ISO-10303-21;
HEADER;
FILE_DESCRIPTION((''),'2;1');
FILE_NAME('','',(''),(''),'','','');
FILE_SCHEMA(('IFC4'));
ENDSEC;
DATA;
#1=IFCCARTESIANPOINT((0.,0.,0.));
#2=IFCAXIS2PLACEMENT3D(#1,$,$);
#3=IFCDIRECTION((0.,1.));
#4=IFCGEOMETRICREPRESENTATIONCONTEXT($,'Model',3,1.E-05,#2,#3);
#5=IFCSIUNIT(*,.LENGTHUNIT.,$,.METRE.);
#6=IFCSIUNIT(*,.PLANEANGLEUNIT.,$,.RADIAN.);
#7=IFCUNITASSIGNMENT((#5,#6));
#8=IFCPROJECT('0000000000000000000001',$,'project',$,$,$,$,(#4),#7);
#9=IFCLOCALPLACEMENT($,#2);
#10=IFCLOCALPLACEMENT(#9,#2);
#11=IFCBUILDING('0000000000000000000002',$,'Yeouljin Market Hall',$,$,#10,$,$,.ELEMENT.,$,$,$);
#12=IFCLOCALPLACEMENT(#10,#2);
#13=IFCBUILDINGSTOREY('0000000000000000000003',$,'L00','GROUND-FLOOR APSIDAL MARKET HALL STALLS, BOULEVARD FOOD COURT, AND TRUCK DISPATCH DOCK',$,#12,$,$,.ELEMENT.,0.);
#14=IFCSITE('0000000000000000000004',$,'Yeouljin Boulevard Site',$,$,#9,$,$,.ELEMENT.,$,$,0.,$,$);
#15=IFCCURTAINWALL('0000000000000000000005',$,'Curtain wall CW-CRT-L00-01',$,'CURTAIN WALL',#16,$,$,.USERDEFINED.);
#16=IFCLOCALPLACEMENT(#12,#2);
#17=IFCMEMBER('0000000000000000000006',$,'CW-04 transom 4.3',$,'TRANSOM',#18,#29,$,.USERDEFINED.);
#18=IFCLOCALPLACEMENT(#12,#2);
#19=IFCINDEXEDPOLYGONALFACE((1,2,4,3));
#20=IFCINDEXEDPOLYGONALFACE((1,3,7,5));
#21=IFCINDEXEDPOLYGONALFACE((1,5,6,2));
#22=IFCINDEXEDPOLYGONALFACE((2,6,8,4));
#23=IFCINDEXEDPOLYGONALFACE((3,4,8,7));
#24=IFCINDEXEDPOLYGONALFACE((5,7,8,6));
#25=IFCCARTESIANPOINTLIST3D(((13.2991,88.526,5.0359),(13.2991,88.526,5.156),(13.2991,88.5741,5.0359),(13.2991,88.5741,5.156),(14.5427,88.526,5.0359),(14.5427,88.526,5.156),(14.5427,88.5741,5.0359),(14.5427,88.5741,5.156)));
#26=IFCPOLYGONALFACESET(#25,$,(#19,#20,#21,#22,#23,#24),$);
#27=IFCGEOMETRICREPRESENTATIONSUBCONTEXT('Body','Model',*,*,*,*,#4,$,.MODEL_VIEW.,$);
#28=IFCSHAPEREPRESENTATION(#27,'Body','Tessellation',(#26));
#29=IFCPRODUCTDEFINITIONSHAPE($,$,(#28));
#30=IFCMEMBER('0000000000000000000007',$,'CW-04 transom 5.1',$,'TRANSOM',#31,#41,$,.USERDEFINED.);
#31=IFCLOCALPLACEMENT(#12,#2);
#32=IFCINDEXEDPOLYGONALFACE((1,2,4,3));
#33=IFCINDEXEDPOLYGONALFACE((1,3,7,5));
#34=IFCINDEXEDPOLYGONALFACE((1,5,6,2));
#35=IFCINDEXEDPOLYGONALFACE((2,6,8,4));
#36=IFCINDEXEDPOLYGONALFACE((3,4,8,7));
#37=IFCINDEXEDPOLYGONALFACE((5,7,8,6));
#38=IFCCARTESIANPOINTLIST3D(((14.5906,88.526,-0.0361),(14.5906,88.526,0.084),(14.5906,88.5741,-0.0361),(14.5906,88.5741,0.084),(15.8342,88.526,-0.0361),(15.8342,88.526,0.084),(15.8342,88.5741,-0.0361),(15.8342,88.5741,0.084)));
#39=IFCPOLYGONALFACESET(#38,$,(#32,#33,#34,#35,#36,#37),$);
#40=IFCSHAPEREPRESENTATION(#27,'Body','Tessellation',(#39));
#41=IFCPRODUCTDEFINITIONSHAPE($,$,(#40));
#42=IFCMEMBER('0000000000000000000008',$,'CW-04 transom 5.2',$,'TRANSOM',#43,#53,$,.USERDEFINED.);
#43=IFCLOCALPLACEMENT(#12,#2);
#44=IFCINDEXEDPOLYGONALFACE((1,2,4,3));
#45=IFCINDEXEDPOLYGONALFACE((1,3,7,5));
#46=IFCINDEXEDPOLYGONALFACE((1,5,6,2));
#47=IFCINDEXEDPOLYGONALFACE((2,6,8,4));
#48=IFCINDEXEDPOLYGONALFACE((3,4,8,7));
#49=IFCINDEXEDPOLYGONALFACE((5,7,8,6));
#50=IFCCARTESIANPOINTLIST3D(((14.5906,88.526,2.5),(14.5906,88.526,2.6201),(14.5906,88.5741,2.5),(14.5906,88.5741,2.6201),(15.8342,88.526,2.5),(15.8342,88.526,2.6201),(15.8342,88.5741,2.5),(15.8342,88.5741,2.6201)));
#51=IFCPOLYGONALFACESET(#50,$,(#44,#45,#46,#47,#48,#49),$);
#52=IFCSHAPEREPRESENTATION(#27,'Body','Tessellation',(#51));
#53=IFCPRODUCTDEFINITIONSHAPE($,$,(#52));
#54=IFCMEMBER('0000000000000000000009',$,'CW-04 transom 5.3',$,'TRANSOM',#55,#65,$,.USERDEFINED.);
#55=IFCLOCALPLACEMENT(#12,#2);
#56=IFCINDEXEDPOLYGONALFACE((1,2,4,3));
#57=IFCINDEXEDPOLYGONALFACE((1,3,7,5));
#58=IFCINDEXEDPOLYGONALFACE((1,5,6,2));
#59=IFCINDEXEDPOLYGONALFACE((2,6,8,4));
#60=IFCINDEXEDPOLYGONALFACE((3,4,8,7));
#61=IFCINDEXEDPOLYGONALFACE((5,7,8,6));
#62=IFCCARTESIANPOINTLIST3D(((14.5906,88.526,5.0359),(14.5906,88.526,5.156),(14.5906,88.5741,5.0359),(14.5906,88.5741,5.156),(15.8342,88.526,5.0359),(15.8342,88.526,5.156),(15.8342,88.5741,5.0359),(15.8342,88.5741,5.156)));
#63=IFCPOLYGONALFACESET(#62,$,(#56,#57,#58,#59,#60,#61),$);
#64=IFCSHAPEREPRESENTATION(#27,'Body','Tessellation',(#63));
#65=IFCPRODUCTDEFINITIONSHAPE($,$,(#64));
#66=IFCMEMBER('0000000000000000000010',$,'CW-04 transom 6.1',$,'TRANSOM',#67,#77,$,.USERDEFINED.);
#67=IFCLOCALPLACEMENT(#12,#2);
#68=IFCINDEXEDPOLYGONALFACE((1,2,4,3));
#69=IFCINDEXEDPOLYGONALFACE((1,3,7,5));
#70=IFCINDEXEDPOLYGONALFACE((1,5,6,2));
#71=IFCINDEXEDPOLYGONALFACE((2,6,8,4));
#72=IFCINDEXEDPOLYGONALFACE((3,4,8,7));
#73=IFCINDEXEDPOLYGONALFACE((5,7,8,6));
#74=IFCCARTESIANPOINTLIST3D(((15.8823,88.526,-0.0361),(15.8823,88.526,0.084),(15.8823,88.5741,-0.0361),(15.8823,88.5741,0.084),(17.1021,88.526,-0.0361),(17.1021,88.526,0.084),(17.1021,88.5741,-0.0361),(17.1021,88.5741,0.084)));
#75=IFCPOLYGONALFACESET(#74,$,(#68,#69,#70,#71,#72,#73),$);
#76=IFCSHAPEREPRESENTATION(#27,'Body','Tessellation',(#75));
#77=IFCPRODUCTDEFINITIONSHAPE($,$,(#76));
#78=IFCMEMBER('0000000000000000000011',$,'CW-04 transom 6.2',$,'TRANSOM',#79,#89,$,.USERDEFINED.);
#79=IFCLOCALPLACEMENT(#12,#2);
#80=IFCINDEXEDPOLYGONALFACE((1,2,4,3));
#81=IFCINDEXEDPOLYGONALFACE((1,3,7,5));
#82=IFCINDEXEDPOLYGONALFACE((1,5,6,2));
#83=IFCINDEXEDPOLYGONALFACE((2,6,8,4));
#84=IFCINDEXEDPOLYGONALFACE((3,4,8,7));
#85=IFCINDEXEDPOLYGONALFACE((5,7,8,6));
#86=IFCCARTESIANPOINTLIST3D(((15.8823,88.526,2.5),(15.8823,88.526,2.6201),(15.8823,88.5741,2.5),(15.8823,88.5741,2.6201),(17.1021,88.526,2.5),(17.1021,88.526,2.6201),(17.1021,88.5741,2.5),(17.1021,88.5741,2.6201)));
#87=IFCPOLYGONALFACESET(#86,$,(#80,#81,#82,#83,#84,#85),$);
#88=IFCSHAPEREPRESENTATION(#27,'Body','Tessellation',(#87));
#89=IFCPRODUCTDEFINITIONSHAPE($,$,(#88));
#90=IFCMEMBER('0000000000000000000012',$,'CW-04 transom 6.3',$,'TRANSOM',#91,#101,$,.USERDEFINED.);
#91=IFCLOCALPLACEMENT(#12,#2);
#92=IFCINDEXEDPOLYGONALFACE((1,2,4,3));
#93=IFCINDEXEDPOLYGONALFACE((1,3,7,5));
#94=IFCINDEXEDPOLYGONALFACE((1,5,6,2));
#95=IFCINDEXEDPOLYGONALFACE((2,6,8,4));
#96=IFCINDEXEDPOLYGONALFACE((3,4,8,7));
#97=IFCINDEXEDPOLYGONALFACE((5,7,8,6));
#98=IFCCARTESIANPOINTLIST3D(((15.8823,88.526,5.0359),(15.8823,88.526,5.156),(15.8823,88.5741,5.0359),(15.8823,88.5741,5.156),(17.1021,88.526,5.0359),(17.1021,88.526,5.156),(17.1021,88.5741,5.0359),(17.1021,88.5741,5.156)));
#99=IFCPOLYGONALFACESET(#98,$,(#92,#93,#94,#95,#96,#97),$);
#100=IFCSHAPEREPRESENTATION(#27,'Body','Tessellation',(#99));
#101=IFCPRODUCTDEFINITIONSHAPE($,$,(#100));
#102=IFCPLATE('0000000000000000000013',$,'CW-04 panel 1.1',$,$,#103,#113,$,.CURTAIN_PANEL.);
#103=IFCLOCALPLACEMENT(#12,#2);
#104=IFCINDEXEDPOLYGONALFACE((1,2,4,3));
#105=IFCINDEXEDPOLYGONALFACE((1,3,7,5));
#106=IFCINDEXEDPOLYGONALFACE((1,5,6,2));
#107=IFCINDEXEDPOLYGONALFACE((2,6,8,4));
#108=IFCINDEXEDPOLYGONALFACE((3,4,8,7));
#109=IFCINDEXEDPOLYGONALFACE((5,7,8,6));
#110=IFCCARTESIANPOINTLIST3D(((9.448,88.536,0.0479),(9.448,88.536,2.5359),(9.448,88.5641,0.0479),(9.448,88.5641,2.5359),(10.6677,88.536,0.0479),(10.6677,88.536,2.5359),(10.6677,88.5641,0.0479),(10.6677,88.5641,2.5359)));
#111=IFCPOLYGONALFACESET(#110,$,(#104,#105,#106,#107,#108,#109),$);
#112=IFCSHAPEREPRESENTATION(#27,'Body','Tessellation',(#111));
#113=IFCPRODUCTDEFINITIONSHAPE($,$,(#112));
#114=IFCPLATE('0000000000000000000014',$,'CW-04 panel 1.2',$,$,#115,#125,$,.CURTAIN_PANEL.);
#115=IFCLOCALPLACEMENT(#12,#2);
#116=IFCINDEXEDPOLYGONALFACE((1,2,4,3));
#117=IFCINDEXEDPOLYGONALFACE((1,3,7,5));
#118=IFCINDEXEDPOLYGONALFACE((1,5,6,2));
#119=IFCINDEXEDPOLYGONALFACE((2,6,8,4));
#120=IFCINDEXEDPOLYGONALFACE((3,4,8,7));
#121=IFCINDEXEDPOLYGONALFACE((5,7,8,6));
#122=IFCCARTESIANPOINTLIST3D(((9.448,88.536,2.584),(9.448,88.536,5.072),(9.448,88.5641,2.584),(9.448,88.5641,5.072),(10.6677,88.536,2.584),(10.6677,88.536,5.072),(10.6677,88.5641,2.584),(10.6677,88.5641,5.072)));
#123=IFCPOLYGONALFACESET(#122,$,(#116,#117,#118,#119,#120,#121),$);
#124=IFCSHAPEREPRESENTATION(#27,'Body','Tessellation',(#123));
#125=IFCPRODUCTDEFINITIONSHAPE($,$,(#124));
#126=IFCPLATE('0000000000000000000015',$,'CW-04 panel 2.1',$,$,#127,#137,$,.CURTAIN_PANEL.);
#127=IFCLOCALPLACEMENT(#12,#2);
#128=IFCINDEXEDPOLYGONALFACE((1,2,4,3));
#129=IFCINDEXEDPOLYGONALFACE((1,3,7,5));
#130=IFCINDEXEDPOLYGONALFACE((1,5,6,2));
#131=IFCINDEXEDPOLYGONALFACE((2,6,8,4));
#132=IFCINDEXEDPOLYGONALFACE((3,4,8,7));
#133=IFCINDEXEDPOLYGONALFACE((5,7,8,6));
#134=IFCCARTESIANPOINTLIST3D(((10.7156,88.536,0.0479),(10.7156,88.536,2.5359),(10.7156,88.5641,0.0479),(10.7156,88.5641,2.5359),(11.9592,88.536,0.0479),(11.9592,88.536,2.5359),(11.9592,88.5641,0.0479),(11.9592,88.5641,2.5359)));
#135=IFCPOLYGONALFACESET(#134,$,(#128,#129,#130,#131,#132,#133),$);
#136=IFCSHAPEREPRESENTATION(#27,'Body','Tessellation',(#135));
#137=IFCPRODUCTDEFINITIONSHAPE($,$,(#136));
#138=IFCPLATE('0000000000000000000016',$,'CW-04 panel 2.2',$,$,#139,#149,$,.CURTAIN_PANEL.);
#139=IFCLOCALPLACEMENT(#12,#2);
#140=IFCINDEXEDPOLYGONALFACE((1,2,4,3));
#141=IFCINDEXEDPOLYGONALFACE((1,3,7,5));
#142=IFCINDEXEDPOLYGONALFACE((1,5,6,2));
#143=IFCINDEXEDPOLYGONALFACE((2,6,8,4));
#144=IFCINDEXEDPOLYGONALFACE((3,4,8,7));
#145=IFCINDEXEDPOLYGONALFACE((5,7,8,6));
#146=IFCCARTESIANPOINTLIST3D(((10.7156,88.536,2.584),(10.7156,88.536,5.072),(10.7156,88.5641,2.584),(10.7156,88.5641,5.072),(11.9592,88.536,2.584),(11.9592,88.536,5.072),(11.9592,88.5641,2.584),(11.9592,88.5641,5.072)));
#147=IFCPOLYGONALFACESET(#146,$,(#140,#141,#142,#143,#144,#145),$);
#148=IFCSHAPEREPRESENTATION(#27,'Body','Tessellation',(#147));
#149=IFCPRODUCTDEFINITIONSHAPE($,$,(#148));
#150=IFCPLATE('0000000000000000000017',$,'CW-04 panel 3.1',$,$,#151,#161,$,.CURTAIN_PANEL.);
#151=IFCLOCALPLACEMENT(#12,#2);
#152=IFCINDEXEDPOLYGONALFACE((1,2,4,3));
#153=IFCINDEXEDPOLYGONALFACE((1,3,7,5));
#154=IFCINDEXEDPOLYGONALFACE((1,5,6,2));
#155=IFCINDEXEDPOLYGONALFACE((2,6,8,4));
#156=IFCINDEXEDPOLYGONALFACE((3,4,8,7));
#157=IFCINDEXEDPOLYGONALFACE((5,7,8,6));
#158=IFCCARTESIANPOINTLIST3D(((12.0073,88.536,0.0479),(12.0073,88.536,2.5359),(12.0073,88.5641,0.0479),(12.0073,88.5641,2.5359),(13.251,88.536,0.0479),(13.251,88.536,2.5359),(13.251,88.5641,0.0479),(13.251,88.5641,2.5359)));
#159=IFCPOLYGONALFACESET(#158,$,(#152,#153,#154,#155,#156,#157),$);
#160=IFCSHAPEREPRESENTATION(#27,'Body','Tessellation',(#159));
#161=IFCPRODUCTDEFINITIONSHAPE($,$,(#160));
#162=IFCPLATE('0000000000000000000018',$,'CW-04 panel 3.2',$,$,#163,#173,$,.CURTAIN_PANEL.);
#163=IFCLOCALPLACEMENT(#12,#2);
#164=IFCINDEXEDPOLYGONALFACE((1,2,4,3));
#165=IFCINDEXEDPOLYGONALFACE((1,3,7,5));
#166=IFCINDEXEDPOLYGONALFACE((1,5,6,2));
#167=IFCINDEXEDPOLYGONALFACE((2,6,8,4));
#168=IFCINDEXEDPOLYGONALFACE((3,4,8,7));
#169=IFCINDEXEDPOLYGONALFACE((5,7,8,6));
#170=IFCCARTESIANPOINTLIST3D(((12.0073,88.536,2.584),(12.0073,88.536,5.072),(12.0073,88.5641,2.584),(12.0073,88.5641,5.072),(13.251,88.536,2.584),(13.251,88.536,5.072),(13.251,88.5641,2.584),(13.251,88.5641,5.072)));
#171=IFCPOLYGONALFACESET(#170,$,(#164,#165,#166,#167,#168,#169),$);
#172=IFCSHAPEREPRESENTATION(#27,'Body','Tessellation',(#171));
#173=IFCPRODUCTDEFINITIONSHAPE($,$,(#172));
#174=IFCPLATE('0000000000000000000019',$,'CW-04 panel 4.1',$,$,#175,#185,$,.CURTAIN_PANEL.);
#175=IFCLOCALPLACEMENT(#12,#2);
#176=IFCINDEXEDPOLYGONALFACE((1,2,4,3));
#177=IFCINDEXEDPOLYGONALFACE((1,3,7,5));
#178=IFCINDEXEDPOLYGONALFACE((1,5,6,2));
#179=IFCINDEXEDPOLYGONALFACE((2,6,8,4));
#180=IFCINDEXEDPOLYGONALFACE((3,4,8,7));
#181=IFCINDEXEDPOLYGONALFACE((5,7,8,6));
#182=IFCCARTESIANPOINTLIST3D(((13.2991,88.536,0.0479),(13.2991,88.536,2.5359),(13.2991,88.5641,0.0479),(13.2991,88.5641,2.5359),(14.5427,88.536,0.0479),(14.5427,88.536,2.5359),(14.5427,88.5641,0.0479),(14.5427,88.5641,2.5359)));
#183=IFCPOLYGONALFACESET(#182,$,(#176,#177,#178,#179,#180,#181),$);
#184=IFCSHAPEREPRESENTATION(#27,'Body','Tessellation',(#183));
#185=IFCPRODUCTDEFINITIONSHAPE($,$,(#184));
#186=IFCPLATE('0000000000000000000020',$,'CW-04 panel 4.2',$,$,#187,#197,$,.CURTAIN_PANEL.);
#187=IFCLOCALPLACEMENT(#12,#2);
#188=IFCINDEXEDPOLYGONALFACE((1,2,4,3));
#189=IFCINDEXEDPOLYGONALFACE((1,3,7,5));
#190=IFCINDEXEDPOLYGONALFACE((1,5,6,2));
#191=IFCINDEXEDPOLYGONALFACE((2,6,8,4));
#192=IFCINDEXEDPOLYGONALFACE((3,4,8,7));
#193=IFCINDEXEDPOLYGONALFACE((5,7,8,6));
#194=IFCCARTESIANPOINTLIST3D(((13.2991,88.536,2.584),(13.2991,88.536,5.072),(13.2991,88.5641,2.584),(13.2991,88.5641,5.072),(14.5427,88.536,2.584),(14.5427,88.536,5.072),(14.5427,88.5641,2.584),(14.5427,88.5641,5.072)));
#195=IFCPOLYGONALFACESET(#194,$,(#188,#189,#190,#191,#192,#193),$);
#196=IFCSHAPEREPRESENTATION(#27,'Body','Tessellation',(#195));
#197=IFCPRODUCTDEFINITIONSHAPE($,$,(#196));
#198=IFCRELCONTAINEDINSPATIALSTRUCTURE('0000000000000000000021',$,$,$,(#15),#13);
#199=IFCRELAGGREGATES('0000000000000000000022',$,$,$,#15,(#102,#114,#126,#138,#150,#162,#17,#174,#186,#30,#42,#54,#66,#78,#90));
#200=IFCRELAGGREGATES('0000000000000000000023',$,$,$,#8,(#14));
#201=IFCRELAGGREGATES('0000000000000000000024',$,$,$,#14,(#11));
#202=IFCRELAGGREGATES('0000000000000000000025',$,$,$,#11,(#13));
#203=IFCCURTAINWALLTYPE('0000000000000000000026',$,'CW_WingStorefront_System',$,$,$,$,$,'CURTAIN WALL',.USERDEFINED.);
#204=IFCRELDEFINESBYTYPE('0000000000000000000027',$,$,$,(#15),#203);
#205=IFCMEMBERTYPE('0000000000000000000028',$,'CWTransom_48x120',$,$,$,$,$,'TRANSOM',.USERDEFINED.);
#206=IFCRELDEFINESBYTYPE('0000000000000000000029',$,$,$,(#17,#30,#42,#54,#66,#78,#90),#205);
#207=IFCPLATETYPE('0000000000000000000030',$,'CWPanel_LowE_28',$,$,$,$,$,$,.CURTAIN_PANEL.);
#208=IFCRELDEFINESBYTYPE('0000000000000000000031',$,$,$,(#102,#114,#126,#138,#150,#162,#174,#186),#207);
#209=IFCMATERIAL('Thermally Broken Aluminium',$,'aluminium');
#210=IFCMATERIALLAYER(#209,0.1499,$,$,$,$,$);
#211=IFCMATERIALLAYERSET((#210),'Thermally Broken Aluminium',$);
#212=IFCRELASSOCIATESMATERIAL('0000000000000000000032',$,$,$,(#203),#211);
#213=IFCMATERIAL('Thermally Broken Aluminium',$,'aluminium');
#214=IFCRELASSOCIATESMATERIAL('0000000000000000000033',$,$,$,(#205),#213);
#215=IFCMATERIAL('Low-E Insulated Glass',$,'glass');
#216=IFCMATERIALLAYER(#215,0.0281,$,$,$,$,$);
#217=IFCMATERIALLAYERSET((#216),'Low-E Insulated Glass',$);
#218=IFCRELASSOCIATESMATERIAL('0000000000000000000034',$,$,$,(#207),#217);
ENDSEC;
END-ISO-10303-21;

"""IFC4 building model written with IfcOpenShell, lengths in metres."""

from ifc_helpers import new_model, si_unit, direction, frame, origin, origin_2d, place, context, subcontext, project, spatial, rectangle, extrude, material, layer, layer_set, material_profile, profile_set, type_object, element, aggregate, save


model = new_model("IFC4")

# Units and contexts
model_context = context("Model", 3, precision=1e-05, world=origin(), true_north=direction((0.0, 1.0)))
body_context = subcontext(model_context, "Body", "Model", "MODEL_VIEW")
ifc_project = project(units=[si_unit("LENGTHUNIT", "METRE"), si_unit("PLANEANGLEUNIT", "RADIAN")], contexts=[model_context])

# Site, building, storey
site_placement = place(None, origin())
site = spatial("IfcSite", under=ifc_project, at=site_placement, Name="Yeouljin Boulevard Site", CompositionType="ELEMENT", RefElevation=0.0)
building_placement = place(site_placement, origin())
building = spatial("IfcBuilding", under=site, at=building_placement, Name="Yeouljin Market Hall", CompositionType="ELEMENT")
storey_placement = place(building_placement, origin())
storey = spatial("IfcBuildingStorey", under=building, at=storey_placement, Name="L00", Description="GROUND-FLOOR APSIDAL MARKET HALL STALLS, BOULEVARD FOOD COURT, AND TRUCK DISPATCH DOCK", CompositionType="ELEMENT", Elevation=0.0)

# Curtain wall, members, plates
ifc_material_1 = material(Name="Thermally Broken Aluminium", Category="aluminium")
ifc_layer_1 = layer(ifc_material_1, 0.1499)
ifc_layer_set_1 = layer_set([ifc_layer_1], Name="Thermally Broken Aluminium")
curtain_wall_type = type_object("IfcCurtainWallType", Name="CW_WingStorefront_System", ElementType="CURTAIN WALL", PredefinedType="USERDEFINED", material=ifc_layer_set_1)
curtain_wall_placement = place(storey_placement, origin())
curtain_wall = element("IfcCurtainWall", 1, at=curtain_wall_placement, inside=storey, type_object=curtain_wall_type, Name="Curtain wall CW-CRT-L00-01", ObjectType="CURTAIN WALL", PredefinedType="USERDEFINED")
ifc_material_2 = material(Name="Thermally Broken Aluminium", Category="aluminium")
ifc_material_profile_1 = material_profile(ifc_material_2, rectangle(XDim=0.0481, YDim=0.1201, at=origin_2d()), Name="CW-TRAN-48x120")
ifc_profile_set_1 = profile_set([ifc_material_profile_1], Name="Thermally Broken Aluminium")
member_type_1 = type_object("IfcMemberType", Name="CWTransom_48x120", ElementType="TRANSOM", PredefinedType="USERDEFINED", material=ifc_profile_set_1)
member_1_placement = place(storey_placement, frame((13.2991, 88.55, 5.0959), z_axis=(1.0, 0.0, 0.0), x_axis=(0.0, 1.0, 0.0)))
member_1 = element("IfcMember", 2, at=member_1_placement, type_object=member_type_1, Name="CW-04 transom 4.3", ObjectType="TRANSOM", PredefinedType="USERDEFINED", context=body_context, shape_type="SweptSolid", body=[
    extrude(rectangle(XDim=0.0481, YDim=0.1201, at=origin_2d()), origin(), (0.0, 0.0, 1.0), 1.2437),
])
member_2_placement = place(storey_placement, frame((14.5906, 88.55, 0.0239), z_axis=(1.0, 0.0, 0.0), x_axis=(0.0, 1.0, 0.0)))
member_2 = element("IfcMember", 3, at=member_2_placement, type_object=member_type_1, Name="CW-04 transom 5.1", ObjectType="TRANSOM", PredefinedType="USERDEFINED", context=body_context, shape_type="SweptSolid", body=[
    extrude(rectangle(XDim=0.0481, YDim=0.1201, at=origin_2d()), origin(), (0.0, 0.0, 1.0), 1.2437),
])
member_3_placement = place(storey_placement, frame((14.5906, 88.55, 2.5601), z_axis=(1.0, 0.0, 0.0), x_axis=(0.0, 1.0, 0.0)))
member_3 = element("IfcMember", 4, at=member_3_placement, type_object=member_type_1, Name="CW-04 transom 5.2", ObjectType="TRANSOM", PredefinedType="USERDEFINED", context=body_context, shape_type="SweptSolid", body=[
    extrude(rectangle(XDim=0.0481, YDim=0.1201, at=origin_2d()), origin(), (0.0, 0.0, 1.0), 1.2437),
])
member_4_placement = place(storey_placement, frame((14.5906, 88.55, 5.0959), z_axis=(1.0, 0.0, 0.0), x_axis=(0.0, 1.0, 0.0)))
member_4 = element("IfcMember", 5, at=member_4_placement, type_object=member_type_1, Name="CW-04 transom 5.3", ObjectType="TRANSOM", PredefinedType="USERDEFINED", context=body_context, shape_type="SweptSolid", body=[
    extrude(rectangle(XDim=0.0481, YDim=0.1201, at=origin_2d()), origin(), (0.0, 0.0, 1.0), 1.2437),
])
member_5_placement = place(storey_placement, frame((15.8823, 88.55, 0.0239), z_axis=(1.0, 0.0, 0.0), x_axis=(0.0, 1.0, 0.0)))
member_5 = element("IfcMember", 6, at=member_5_placement, type_object=member_type_1, Name="CW-04 transom 6.1", ObjectType="TRANSOM", PredefinedType="USERDEFINED", context=body_context, shape_type="SweptSolid", body=[
    extrude(rectangle(XDim=0.0481, YDim=0.1201, at=origin_2d()), origin(), (0.0, 0.0, 1.0), 1.2197),
])
member_6_placement = place(storey_placement, frame((15.8823, 88.55, 2.5601), z_axis=(1.0, 0.0, 0.0), x_axis=(0.0, 1.0, 0.0)))
member_6 = element("IfcMember", 7, at=member_6_placement, type_object=member_type_1, Name="CW-04 transom 6.2", ObjectType="TRANSOM", PredefinedType="USERDEFINED", context=body_context, shape_type="SweptSolid", body=[
    extrude(rectangle(XDim=0.0481, YDim=0.1201, at=origin_2d()), origin(), (0.0, 0.0, 1.0), 1.2197),
])
member_7_placement = place(storey_placement, frame((15.8823, 88.55, 5.0959), z_axis=(1.0, 0.0, 0.0), x_axis=(0.0, 1.0, 0.0)))
member_7 = element("IfcMember", 8, at=member_7_placement, type_object=member_type_1, Name="CW-04 transom 6.3", ObjectType="TRANSOM", PredefinedType="USERDEFINED", context=body_context, shape_type="SweptSolid", body=[
    extrude(rectangle(XDim=0.0481, YDim=0.1201, at=origin_2d()), origin(), (0.0, 0.0, 1.0), 1.2197),
])
ifc_material_3 = material(Name="Low-E Insulated Glass", Category="glass")
ifc_layer_2 = layer(ifc_material_3, 0.0281)
ifc_layer_set_2 = layer_set([ifc_layer_2], Name="Low-E Insulated Glass")
plate_type = type_object("IfcPlateType", Name="CWPanel_LowE_28", PredefinedType="CURTAIN_PANEL", material=ifc_layer_set_2)
plate_1_placement = place(storey_placement, frame((10.0579, 88.55, 0.0479), z_axis=(0.0, 0.0, 1.0), x_axis=(1.0, 0.0, 0.0)))
plate_1 = element("IfcPlate", 9, at=plate_1_placement, type_object=plate_type, Name="CW-04 panel 1.1", PredefinedType="CURTAIN_PANEL", context=body_context, shape_type="SweptSolid", body=[
    extrude(rectangle(XDim=1.2197, YDim=0.0281, at=origin_2d()), origin(), (0.0, 0.0, 1.0), 2.488),
])
plate_2_placement = place(storey_placement, frame((10.0579, 88.55, 2.584), z_axis=(0.0, 0.0, 1.0), x_axis=(1.0, 0.0, 0.0)))
plate_2 = element("IfcPlate", 10, at=plate_2_placement, type_object=plate_type, Name="CW-04 panel 1.2", PredefinedType="CURTAIN_PANEL", context=body_context, shape_type="SweptSolid", body=[
    extrude(rectangle(XDim=1.2197, YDim=0.0281, at=origin_2d()), origin(), (0.0, 0.0, 1.0), 2.488),
])
plate_3_placement = place(storey_placement, frame((11.3374, 88.55, 0.0479), z_axis=(0.0, 0.0, 1.0), x_axis=(1.0, 0.0, 0.0)))
plate_3 = element("IfcPlate", 11, at=plate_3_placement, type_object=plate_type, Name="CW-04 panel 2.1", PredefinedType="CURTAIN_PANEL", context=body_context, shape_type="SweptSolid", body=[
    extrude(rectangle(XDim=1.2437, YDim=0.0281, at=origin_2d()), origin(), (0.0, 0.0, 1.0), 2.488),
])
plate_4_placement = place(storey_placement, frame((11.3374, 88.55, 2.584), z_axis=(0.0, 0.0, 1.0), x_axis=(1.0, 0.0, 0.0)))
plate_4 = element("IfcPlate", 12, at=plate_4_placement, type_object=plate_type, Name="CW-04 panel 2.2", PredefinedType="CURTAIN_PANEL", context=body_context, shape_type="SweptSolid", body=[
    extrude(rectangle(XDim=1.2437, YDim=0.0281, at=origin_2d()), origin(), (0.0, 0.0, 1.0), 2.488),
])
plate_5_placement = place(storey_placement, frame((12.6292, 88.55, 0.0479), z_axis=(0.0, 0.0, 1.0), x_axis=(1.0, 0.0, 0.0)))
plate_5 = element("IfcPlate", 13, at=plate_5_placement, type_object=plate_type, Name="CW-04 panel 3.1", PredefinedType="CURTAIN_PANEL", context=body_context, shape_type="SweptSolid", body=[
    extrude(rectangle(XDim=1.2437, YDim=0.0281, at=origin_2d()), origin(), (0.0, 0.0, 1.0), 2.488),
])
plate_6_placement = place(storey_placement, frame((12.6292, 88.55, 2.584), z_axis=(0.0, 0.0, 1.0), x_axis=(1.0, 0.0, 0.0)))
plate_6 = element("IfcPlate", 14, at=plate_6_placement, type_object=plate_type, Name="CW-04 panel 3.2", PredefinedType="CURTAIN_PANEL", context=body_context, shape_type="SweptSolid", body=[
    extrude(rectangle(XDim=1.2437, YDim=0.0281, at=origin_2d()), origin(), (0.0, 0.0, 1.0), 2.488),
])
plate_7_placement = place(storey_placement, frame((13.9209, 88.55, 0.0479), z_axis=(0.0, 0.0, 1.0), x_axis=(1.0, 0.0, 0.0)))
plate_7 = element("IfcPlate", 15, at=plate_7_placement, type_object=plate_type, Name="CW-04 panel 4.1", PredefinedType="CURTAIN_PANEL", context=body_context, shape_type="SweptSolid", body=[
    extrude(rectangle(XDim=1.2437, YDim=0.0281, at=origin_2d()), origin(), (0.0, 0.0, 1.0), 2.488),
])
plate_8_placement = place(storey_placement, frame((13.9209, 88.55, 2.584), z_axis=(0.0, 0.0, 1.0), x_axis=(1.0, 0.0, 0.0)))
plate_8 = element("IfcPlate", 16, at=plate_8_placement, type_object=plate_type, Name="CW-04 panel 4.2", PredefinedType="CURTAIN_PANEL", context=body_context, shape_type="SweptSolid", body=[
    extrude(rectangle(XDim=1.2437, YDim=0.0281, at=origin_2d()), origin(), (0.0, 0.0, 1.0), 2.488),
])
aggregate(curtain_wall, [plate_1, plate_2, plate_3, plate_4, plate_5, plate_6, member_1, plate_7, plate_8, member_2, member_3, member_4, member_5, member_6, member_7])

save(model, "model.ifc")
